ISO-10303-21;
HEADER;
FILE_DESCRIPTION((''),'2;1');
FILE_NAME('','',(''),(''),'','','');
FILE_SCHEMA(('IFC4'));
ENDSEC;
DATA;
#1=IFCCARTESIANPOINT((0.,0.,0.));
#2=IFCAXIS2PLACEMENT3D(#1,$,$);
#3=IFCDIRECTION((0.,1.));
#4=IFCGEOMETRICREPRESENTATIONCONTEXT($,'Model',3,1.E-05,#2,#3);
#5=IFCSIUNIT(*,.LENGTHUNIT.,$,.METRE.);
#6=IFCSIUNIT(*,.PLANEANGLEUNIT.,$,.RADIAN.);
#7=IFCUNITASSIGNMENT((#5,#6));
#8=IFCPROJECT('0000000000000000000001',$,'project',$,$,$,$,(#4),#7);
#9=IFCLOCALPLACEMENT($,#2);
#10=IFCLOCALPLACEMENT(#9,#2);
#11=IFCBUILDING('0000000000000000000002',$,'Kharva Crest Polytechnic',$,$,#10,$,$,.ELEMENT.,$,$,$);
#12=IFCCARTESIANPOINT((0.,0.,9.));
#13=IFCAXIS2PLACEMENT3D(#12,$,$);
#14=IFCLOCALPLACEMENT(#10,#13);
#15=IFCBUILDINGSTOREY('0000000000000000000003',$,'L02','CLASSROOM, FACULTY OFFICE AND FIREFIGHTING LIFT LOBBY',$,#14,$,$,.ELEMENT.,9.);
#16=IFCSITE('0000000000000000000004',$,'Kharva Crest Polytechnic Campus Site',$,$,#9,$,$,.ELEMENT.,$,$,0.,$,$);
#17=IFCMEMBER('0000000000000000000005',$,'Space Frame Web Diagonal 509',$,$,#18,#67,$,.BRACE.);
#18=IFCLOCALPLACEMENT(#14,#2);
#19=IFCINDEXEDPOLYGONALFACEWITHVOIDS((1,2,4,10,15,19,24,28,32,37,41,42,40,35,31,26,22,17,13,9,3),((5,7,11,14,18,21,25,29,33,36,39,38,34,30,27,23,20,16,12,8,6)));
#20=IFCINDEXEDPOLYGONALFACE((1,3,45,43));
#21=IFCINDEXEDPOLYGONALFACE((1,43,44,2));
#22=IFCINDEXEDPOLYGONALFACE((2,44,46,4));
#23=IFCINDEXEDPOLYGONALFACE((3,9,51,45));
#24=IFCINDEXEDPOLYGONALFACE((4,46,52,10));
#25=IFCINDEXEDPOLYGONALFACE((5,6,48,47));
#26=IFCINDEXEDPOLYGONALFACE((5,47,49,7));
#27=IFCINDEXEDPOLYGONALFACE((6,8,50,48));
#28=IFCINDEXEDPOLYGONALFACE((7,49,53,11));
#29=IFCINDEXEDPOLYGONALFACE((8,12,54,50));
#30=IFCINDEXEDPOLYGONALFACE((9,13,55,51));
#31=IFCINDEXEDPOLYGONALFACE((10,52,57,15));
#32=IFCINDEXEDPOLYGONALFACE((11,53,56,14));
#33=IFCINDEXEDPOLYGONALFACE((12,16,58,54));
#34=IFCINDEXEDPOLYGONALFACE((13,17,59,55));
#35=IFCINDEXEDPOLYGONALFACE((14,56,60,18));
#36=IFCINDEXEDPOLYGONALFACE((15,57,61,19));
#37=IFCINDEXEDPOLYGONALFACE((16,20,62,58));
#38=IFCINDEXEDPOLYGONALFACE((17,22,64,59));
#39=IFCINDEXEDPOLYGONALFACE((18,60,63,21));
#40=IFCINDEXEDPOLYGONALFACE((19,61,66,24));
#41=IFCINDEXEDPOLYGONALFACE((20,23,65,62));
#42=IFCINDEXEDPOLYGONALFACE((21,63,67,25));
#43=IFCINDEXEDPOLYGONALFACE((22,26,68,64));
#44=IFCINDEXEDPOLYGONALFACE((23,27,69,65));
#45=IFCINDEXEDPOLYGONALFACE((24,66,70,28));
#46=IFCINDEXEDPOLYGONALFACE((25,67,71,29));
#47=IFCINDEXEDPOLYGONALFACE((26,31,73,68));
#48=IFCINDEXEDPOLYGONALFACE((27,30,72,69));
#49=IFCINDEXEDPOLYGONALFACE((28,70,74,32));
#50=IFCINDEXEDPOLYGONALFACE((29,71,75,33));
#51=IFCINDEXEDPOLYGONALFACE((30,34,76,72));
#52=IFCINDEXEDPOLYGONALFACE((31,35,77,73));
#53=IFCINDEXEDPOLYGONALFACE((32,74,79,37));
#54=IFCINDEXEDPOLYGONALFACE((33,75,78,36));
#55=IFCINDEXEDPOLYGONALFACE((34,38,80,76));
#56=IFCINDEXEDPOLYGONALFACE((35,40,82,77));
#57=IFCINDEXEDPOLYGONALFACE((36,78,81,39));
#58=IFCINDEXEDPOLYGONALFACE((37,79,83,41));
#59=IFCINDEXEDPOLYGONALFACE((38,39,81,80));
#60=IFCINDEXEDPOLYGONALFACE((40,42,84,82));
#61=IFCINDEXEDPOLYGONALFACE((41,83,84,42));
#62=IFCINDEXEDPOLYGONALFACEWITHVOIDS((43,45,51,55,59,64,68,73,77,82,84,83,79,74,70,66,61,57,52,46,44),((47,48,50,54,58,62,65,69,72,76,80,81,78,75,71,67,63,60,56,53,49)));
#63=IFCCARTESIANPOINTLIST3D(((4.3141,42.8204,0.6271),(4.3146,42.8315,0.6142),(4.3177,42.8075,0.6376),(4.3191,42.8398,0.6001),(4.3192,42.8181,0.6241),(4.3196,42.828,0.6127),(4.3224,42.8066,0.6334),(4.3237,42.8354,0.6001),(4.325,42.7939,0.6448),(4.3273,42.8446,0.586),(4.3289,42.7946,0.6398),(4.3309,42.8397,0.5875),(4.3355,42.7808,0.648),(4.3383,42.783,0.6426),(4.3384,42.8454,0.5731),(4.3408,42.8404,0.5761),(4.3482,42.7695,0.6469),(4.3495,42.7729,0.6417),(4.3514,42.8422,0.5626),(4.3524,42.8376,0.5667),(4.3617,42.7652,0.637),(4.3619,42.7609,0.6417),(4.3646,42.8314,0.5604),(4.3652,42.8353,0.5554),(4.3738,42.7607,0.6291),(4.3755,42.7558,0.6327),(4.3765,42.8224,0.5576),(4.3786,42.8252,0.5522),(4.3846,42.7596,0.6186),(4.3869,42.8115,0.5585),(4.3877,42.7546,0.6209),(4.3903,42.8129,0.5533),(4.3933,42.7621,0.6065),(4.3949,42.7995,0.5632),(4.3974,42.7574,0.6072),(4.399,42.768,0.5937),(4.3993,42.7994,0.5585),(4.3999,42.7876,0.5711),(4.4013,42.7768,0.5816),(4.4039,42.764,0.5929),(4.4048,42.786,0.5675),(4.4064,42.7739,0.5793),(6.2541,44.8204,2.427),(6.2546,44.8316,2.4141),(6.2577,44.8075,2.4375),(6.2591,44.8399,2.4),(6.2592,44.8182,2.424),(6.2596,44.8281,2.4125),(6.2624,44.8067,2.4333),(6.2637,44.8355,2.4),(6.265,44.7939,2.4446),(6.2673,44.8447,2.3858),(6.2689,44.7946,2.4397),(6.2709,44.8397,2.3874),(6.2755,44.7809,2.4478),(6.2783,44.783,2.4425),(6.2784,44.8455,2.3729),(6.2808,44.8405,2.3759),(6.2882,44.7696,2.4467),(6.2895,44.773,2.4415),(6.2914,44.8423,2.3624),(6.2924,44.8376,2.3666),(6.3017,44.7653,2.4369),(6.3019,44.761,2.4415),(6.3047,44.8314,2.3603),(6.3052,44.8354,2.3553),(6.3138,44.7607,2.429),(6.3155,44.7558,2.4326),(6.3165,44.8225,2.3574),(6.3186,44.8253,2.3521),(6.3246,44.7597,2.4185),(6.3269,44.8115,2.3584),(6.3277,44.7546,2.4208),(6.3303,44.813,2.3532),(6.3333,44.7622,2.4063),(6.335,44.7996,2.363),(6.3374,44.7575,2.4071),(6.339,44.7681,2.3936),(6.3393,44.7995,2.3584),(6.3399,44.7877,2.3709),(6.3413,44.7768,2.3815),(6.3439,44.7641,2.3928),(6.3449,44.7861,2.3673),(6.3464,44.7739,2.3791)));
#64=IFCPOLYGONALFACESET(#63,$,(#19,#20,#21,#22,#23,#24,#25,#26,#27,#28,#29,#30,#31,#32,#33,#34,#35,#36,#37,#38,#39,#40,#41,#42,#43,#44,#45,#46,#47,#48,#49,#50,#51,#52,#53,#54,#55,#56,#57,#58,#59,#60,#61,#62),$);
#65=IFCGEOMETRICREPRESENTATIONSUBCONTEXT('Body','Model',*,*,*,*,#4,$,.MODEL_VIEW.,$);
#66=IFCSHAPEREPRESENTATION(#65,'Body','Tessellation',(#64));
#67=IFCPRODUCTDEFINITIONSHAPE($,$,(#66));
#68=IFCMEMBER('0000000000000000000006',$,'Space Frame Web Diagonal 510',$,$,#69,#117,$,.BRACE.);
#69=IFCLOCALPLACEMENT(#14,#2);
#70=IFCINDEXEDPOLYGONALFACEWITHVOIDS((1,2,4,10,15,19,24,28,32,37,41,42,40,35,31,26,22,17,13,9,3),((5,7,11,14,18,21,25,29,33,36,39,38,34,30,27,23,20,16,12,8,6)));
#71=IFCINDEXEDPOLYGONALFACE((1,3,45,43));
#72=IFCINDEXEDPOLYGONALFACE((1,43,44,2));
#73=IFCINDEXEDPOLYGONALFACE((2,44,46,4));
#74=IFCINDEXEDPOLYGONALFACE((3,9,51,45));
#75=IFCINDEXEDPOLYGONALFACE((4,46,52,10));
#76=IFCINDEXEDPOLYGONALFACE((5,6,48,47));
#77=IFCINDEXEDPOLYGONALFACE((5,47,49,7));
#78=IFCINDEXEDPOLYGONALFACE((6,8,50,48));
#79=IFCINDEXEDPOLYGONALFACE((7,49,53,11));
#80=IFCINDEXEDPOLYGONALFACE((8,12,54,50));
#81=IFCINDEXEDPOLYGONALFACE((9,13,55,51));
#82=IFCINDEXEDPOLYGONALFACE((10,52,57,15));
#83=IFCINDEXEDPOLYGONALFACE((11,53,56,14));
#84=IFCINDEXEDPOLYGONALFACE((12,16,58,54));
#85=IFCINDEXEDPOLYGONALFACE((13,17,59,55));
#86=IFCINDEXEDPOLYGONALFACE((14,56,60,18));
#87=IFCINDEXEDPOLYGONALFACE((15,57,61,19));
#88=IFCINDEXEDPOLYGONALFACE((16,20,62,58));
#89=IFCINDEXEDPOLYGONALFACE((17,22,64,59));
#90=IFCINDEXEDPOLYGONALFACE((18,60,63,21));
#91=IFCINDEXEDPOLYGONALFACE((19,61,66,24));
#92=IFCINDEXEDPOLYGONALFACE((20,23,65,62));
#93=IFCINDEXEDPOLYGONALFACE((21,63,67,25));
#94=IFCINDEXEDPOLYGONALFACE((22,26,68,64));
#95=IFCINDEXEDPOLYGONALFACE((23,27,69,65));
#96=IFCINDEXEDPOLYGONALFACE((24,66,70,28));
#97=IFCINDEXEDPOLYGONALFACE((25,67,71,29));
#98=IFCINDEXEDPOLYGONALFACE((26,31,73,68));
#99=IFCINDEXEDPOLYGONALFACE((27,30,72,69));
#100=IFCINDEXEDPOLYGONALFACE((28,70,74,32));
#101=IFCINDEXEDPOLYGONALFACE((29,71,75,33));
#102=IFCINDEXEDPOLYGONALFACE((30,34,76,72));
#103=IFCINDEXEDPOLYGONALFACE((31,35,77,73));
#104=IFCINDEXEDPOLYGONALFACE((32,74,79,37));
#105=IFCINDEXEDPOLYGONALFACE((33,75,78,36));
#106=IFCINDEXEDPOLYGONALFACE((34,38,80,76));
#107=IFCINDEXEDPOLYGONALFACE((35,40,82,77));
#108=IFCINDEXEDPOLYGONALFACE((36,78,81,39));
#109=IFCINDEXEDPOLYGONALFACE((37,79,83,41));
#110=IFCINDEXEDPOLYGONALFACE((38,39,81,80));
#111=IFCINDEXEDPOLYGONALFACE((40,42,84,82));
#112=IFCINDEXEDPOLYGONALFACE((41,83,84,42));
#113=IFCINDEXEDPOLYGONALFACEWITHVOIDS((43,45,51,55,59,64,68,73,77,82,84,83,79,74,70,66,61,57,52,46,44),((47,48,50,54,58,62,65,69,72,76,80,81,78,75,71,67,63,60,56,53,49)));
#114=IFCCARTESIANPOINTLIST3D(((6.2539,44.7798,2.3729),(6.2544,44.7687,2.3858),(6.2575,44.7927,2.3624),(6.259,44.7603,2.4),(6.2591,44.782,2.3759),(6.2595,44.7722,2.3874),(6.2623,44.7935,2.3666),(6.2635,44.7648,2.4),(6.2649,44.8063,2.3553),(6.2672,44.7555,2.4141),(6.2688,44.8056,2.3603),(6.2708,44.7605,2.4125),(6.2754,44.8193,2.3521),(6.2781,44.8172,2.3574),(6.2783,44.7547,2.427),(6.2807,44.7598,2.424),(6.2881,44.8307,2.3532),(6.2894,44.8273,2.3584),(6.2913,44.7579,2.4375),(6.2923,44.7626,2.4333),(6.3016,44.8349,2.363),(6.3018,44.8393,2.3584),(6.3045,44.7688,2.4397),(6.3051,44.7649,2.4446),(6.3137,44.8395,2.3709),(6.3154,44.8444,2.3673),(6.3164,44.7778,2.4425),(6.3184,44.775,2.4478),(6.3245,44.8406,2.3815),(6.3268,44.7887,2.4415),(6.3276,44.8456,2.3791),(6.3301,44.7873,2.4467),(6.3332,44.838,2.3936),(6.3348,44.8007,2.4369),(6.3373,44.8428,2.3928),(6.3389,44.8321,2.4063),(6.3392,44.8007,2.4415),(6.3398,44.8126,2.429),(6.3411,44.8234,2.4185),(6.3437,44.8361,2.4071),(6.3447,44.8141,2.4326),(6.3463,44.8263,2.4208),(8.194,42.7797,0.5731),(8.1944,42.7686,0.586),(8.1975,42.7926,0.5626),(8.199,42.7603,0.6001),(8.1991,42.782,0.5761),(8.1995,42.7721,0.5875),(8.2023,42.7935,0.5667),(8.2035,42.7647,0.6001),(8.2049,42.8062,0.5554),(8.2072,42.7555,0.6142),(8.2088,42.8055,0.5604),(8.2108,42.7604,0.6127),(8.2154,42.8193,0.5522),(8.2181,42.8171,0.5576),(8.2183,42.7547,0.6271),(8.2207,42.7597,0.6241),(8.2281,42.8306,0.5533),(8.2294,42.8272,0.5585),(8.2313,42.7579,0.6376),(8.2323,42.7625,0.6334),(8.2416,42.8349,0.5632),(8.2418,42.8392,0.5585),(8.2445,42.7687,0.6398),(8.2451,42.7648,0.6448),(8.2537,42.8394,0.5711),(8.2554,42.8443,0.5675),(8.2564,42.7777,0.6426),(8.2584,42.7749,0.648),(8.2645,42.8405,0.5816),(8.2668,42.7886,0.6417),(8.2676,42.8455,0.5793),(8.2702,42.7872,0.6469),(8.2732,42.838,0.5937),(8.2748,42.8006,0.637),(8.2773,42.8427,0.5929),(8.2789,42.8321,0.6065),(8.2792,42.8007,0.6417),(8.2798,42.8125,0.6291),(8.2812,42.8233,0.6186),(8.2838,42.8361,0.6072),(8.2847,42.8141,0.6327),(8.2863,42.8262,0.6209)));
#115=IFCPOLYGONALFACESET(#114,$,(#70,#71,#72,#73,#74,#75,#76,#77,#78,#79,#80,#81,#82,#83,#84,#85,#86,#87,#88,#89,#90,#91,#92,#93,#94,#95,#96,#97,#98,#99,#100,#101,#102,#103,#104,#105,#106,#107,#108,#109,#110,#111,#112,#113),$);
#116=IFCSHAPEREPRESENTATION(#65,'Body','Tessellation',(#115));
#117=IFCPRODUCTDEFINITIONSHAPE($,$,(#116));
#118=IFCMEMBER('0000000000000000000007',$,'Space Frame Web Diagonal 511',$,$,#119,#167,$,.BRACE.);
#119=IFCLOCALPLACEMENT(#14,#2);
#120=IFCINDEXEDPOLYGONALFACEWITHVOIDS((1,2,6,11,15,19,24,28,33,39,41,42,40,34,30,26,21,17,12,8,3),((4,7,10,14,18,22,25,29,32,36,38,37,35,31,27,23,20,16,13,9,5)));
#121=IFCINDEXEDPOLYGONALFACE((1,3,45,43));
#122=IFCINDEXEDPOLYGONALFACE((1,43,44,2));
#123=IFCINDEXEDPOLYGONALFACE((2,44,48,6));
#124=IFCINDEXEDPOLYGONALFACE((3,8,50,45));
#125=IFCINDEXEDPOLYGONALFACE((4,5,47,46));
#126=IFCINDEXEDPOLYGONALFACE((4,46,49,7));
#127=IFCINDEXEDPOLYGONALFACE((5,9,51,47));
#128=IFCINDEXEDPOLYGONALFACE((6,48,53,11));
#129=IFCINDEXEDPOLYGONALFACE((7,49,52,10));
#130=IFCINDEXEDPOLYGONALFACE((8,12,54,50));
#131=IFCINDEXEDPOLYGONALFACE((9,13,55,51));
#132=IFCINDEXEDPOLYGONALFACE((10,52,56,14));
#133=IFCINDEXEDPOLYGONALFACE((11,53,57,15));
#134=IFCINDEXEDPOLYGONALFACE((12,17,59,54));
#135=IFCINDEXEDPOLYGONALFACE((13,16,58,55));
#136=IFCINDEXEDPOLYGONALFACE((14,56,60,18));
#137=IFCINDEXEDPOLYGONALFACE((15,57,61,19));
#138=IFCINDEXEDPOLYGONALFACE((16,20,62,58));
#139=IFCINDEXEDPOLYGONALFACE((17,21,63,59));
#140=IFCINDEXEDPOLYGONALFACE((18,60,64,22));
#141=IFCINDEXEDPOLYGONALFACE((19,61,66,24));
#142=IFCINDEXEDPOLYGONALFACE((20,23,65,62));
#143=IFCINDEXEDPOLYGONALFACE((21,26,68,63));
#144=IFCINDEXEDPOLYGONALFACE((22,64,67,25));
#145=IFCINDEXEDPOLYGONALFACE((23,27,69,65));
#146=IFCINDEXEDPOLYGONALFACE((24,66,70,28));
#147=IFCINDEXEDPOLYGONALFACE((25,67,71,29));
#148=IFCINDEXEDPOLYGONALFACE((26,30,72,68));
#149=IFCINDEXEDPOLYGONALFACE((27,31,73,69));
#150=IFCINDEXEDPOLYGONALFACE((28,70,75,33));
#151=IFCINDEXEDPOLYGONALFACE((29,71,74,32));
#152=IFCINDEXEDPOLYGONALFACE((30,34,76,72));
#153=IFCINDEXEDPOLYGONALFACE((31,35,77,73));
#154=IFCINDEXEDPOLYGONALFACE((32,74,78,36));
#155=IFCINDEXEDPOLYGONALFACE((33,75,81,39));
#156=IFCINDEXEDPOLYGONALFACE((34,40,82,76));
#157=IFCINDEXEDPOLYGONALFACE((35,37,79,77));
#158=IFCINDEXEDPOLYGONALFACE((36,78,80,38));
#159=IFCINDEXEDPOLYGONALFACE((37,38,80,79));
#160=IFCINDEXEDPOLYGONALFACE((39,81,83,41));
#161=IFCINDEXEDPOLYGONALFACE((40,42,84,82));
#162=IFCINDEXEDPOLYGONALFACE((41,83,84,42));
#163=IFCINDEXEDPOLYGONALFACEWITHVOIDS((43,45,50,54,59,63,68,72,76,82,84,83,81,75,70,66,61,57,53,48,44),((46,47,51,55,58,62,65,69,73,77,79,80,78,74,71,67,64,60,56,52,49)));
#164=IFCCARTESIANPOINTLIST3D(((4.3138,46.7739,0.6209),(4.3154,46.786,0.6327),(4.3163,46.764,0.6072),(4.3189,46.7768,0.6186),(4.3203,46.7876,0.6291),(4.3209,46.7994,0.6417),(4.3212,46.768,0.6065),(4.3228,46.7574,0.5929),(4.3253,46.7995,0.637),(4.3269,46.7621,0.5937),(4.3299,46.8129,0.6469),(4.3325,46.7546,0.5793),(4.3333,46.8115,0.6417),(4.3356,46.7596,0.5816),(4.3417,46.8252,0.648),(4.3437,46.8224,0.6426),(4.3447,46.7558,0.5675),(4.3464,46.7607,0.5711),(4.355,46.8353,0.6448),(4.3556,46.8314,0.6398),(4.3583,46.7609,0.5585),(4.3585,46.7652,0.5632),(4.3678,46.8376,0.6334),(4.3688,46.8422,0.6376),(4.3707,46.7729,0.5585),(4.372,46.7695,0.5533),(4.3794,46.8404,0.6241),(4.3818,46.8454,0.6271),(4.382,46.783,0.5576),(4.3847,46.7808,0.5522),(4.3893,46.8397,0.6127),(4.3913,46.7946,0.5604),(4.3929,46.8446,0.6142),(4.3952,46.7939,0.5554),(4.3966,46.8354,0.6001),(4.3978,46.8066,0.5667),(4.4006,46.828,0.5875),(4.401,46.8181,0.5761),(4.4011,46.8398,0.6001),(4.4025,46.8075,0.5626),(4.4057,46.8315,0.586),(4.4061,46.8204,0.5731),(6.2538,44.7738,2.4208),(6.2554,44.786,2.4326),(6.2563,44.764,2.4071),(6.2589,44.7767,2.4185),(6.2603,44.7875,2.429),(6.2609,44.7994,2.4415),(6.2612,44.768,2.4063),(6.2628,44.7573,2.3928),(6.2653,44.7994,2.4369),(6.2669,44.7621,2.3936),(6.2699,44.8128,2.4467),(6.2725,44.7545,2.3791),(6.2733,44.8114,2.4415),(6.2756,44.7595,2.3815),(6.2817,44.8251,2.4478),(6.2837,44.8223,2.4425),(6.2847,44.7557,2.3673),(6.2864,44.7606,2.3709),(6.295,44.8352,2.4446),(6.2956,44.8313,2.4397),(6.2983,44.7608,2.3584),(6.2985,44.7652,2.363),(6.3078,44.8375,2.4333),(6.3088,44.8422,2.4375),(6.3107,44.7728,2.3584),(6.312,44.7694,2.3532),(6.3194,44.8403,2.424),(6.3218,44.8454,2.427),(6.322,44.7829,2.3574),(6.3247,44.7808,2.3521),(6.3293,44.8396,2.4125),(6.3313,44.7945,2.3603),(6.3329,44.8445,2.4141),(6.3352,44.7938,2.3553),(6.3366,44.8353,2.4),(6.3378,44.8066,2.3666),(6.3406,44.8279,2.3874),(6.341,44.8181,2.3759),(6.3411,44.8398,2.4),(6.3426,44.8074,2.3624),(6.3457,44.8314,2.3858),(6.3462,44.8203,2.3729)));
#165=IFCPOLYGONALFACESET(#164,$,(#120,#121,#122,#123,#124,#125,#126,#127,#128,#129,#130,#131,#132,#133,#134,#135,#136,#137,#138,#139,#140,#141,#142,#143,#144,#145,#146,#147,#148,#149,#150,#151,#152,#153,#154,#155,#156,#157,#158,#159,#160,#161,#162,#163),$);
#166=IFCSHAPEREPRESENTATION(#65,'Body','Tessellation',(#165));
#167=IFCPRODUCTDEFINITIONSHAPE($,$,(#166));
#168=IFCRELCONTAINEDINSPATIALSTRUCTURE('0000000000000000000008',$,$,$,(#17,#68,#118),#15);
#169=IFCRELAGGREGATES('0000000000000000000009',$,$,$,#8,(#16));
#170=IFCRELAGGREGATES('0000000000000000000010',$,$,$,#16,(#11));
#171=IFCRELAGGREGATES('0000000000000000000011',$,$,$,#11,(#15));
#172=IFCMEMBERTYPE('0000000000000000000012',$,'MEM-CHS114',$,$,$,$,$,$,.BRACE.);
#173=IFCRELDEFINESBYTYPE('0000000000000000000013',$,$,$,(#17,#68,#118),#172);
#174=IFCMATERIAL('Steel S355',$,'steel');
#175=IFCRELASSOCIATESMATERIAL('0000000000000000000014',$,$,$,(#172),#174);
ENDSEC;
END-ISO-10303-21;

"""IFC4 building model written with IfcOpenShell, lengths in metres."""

from ifc_helpers import new_model, si_unit, direction, frame, origin, origin_2d, place, context, subcontext, project, spatial, hollow_circle, extrude, material, material_profile, profile_set, type_object, element, save


model = new_model("IFC4")

# Units and contexts
model_context = context("Model", 3, precision=1e-05, world=origin(), true_north=direction((0.0, 1.0)))
body_context = subcontext(model_context, "Body", "Model", "MODEL_VIEW")
ifc_project = project(units=[si_unit("LENGTHUNIT", "METRE"), si_unit("PLANEANGLEUNIT", "RADIAN")], contexts=[model_context])

# Site, building, storey
site_placement = place(None, origin())
site = spatial("IfcSite", under=ifc_project, at=site_placement, Name="Kharva Crest Polytechnic Campus Site", CompositionType="ELEMENT", RefElevation=0.0)
building_placement = place(site_placement, origin())
building = spatial("IfcBuilding", under=site, at=building_placement, Name="Kharva Crest Polytechnic", CompositionType="ELEMENT")
storey_placement = place(building_placement, frame((0.0, 0.0, 9.0)))
storey = spatial("IfcBuildingStorey", under=building, at=storey_placement, Name="L02", Description="CLASSROOM, FACULTY OFFICE AND FIREFIGHTING LIFT LOBBY", CompositionType="ELEMENT", Elevation=9.0)

# Shared definitions
ifc_material_1 = material(Name="Steel S355", Category="steel")

# Members
ifc_material_profile_1 = material_profile(ifc_material_1, hollow_circle(Radius=0.0571, WallThickness=0.0063, at=origin_2d()), Name="CHS 114.3X6.3")
ifc_profile_set_1 = profile_set([ifc_material_profile_1], Name="Steel S355")
member_type_1 = type_object("IfcMemberType", Name="MEM-CHS114", PredefinedType="BRACE", material=ifc_profile_set_1)
for number, where, z_axis, x_axis, name in (
    (1, (4.3601, 42.8, 0.6001), (0.584843, 0.60295, 0.542596), (-0.717802, 0.696247, 0.0), "Space Frame Web Diagonal 509"),
    (2, (8.24, 42.8, 0.6001), (-0.584843, 0.60295, 0.542596), (-0.717802, -0.696247, 0.0), "Space Frame Web Diagonal 510"),
    (3, (4.3601, 46.8, 0.6001), (0.584843, -0.60295, 0.542596), (0.717802, 0.696247, 0.0), "Space Frame Web Diagonal 511"),
):
    element("IfcMember", number, at=place(storey_placement, frame(where, z_axis=z_axis, x_axis=x_axis)), inside=storey, type_object=member_type_1, Name=name, PredefinedType="BRACE", context=body_context, shape_type="SweptSolid", body=[
        extrude(hollow_circle(Radius=0.0571, WallThickness=0.0063, at=origin_2d()), origin(), (0.0, 0.0, 1.0), 3.3171),
    ])

save(model, "model.ifc")
